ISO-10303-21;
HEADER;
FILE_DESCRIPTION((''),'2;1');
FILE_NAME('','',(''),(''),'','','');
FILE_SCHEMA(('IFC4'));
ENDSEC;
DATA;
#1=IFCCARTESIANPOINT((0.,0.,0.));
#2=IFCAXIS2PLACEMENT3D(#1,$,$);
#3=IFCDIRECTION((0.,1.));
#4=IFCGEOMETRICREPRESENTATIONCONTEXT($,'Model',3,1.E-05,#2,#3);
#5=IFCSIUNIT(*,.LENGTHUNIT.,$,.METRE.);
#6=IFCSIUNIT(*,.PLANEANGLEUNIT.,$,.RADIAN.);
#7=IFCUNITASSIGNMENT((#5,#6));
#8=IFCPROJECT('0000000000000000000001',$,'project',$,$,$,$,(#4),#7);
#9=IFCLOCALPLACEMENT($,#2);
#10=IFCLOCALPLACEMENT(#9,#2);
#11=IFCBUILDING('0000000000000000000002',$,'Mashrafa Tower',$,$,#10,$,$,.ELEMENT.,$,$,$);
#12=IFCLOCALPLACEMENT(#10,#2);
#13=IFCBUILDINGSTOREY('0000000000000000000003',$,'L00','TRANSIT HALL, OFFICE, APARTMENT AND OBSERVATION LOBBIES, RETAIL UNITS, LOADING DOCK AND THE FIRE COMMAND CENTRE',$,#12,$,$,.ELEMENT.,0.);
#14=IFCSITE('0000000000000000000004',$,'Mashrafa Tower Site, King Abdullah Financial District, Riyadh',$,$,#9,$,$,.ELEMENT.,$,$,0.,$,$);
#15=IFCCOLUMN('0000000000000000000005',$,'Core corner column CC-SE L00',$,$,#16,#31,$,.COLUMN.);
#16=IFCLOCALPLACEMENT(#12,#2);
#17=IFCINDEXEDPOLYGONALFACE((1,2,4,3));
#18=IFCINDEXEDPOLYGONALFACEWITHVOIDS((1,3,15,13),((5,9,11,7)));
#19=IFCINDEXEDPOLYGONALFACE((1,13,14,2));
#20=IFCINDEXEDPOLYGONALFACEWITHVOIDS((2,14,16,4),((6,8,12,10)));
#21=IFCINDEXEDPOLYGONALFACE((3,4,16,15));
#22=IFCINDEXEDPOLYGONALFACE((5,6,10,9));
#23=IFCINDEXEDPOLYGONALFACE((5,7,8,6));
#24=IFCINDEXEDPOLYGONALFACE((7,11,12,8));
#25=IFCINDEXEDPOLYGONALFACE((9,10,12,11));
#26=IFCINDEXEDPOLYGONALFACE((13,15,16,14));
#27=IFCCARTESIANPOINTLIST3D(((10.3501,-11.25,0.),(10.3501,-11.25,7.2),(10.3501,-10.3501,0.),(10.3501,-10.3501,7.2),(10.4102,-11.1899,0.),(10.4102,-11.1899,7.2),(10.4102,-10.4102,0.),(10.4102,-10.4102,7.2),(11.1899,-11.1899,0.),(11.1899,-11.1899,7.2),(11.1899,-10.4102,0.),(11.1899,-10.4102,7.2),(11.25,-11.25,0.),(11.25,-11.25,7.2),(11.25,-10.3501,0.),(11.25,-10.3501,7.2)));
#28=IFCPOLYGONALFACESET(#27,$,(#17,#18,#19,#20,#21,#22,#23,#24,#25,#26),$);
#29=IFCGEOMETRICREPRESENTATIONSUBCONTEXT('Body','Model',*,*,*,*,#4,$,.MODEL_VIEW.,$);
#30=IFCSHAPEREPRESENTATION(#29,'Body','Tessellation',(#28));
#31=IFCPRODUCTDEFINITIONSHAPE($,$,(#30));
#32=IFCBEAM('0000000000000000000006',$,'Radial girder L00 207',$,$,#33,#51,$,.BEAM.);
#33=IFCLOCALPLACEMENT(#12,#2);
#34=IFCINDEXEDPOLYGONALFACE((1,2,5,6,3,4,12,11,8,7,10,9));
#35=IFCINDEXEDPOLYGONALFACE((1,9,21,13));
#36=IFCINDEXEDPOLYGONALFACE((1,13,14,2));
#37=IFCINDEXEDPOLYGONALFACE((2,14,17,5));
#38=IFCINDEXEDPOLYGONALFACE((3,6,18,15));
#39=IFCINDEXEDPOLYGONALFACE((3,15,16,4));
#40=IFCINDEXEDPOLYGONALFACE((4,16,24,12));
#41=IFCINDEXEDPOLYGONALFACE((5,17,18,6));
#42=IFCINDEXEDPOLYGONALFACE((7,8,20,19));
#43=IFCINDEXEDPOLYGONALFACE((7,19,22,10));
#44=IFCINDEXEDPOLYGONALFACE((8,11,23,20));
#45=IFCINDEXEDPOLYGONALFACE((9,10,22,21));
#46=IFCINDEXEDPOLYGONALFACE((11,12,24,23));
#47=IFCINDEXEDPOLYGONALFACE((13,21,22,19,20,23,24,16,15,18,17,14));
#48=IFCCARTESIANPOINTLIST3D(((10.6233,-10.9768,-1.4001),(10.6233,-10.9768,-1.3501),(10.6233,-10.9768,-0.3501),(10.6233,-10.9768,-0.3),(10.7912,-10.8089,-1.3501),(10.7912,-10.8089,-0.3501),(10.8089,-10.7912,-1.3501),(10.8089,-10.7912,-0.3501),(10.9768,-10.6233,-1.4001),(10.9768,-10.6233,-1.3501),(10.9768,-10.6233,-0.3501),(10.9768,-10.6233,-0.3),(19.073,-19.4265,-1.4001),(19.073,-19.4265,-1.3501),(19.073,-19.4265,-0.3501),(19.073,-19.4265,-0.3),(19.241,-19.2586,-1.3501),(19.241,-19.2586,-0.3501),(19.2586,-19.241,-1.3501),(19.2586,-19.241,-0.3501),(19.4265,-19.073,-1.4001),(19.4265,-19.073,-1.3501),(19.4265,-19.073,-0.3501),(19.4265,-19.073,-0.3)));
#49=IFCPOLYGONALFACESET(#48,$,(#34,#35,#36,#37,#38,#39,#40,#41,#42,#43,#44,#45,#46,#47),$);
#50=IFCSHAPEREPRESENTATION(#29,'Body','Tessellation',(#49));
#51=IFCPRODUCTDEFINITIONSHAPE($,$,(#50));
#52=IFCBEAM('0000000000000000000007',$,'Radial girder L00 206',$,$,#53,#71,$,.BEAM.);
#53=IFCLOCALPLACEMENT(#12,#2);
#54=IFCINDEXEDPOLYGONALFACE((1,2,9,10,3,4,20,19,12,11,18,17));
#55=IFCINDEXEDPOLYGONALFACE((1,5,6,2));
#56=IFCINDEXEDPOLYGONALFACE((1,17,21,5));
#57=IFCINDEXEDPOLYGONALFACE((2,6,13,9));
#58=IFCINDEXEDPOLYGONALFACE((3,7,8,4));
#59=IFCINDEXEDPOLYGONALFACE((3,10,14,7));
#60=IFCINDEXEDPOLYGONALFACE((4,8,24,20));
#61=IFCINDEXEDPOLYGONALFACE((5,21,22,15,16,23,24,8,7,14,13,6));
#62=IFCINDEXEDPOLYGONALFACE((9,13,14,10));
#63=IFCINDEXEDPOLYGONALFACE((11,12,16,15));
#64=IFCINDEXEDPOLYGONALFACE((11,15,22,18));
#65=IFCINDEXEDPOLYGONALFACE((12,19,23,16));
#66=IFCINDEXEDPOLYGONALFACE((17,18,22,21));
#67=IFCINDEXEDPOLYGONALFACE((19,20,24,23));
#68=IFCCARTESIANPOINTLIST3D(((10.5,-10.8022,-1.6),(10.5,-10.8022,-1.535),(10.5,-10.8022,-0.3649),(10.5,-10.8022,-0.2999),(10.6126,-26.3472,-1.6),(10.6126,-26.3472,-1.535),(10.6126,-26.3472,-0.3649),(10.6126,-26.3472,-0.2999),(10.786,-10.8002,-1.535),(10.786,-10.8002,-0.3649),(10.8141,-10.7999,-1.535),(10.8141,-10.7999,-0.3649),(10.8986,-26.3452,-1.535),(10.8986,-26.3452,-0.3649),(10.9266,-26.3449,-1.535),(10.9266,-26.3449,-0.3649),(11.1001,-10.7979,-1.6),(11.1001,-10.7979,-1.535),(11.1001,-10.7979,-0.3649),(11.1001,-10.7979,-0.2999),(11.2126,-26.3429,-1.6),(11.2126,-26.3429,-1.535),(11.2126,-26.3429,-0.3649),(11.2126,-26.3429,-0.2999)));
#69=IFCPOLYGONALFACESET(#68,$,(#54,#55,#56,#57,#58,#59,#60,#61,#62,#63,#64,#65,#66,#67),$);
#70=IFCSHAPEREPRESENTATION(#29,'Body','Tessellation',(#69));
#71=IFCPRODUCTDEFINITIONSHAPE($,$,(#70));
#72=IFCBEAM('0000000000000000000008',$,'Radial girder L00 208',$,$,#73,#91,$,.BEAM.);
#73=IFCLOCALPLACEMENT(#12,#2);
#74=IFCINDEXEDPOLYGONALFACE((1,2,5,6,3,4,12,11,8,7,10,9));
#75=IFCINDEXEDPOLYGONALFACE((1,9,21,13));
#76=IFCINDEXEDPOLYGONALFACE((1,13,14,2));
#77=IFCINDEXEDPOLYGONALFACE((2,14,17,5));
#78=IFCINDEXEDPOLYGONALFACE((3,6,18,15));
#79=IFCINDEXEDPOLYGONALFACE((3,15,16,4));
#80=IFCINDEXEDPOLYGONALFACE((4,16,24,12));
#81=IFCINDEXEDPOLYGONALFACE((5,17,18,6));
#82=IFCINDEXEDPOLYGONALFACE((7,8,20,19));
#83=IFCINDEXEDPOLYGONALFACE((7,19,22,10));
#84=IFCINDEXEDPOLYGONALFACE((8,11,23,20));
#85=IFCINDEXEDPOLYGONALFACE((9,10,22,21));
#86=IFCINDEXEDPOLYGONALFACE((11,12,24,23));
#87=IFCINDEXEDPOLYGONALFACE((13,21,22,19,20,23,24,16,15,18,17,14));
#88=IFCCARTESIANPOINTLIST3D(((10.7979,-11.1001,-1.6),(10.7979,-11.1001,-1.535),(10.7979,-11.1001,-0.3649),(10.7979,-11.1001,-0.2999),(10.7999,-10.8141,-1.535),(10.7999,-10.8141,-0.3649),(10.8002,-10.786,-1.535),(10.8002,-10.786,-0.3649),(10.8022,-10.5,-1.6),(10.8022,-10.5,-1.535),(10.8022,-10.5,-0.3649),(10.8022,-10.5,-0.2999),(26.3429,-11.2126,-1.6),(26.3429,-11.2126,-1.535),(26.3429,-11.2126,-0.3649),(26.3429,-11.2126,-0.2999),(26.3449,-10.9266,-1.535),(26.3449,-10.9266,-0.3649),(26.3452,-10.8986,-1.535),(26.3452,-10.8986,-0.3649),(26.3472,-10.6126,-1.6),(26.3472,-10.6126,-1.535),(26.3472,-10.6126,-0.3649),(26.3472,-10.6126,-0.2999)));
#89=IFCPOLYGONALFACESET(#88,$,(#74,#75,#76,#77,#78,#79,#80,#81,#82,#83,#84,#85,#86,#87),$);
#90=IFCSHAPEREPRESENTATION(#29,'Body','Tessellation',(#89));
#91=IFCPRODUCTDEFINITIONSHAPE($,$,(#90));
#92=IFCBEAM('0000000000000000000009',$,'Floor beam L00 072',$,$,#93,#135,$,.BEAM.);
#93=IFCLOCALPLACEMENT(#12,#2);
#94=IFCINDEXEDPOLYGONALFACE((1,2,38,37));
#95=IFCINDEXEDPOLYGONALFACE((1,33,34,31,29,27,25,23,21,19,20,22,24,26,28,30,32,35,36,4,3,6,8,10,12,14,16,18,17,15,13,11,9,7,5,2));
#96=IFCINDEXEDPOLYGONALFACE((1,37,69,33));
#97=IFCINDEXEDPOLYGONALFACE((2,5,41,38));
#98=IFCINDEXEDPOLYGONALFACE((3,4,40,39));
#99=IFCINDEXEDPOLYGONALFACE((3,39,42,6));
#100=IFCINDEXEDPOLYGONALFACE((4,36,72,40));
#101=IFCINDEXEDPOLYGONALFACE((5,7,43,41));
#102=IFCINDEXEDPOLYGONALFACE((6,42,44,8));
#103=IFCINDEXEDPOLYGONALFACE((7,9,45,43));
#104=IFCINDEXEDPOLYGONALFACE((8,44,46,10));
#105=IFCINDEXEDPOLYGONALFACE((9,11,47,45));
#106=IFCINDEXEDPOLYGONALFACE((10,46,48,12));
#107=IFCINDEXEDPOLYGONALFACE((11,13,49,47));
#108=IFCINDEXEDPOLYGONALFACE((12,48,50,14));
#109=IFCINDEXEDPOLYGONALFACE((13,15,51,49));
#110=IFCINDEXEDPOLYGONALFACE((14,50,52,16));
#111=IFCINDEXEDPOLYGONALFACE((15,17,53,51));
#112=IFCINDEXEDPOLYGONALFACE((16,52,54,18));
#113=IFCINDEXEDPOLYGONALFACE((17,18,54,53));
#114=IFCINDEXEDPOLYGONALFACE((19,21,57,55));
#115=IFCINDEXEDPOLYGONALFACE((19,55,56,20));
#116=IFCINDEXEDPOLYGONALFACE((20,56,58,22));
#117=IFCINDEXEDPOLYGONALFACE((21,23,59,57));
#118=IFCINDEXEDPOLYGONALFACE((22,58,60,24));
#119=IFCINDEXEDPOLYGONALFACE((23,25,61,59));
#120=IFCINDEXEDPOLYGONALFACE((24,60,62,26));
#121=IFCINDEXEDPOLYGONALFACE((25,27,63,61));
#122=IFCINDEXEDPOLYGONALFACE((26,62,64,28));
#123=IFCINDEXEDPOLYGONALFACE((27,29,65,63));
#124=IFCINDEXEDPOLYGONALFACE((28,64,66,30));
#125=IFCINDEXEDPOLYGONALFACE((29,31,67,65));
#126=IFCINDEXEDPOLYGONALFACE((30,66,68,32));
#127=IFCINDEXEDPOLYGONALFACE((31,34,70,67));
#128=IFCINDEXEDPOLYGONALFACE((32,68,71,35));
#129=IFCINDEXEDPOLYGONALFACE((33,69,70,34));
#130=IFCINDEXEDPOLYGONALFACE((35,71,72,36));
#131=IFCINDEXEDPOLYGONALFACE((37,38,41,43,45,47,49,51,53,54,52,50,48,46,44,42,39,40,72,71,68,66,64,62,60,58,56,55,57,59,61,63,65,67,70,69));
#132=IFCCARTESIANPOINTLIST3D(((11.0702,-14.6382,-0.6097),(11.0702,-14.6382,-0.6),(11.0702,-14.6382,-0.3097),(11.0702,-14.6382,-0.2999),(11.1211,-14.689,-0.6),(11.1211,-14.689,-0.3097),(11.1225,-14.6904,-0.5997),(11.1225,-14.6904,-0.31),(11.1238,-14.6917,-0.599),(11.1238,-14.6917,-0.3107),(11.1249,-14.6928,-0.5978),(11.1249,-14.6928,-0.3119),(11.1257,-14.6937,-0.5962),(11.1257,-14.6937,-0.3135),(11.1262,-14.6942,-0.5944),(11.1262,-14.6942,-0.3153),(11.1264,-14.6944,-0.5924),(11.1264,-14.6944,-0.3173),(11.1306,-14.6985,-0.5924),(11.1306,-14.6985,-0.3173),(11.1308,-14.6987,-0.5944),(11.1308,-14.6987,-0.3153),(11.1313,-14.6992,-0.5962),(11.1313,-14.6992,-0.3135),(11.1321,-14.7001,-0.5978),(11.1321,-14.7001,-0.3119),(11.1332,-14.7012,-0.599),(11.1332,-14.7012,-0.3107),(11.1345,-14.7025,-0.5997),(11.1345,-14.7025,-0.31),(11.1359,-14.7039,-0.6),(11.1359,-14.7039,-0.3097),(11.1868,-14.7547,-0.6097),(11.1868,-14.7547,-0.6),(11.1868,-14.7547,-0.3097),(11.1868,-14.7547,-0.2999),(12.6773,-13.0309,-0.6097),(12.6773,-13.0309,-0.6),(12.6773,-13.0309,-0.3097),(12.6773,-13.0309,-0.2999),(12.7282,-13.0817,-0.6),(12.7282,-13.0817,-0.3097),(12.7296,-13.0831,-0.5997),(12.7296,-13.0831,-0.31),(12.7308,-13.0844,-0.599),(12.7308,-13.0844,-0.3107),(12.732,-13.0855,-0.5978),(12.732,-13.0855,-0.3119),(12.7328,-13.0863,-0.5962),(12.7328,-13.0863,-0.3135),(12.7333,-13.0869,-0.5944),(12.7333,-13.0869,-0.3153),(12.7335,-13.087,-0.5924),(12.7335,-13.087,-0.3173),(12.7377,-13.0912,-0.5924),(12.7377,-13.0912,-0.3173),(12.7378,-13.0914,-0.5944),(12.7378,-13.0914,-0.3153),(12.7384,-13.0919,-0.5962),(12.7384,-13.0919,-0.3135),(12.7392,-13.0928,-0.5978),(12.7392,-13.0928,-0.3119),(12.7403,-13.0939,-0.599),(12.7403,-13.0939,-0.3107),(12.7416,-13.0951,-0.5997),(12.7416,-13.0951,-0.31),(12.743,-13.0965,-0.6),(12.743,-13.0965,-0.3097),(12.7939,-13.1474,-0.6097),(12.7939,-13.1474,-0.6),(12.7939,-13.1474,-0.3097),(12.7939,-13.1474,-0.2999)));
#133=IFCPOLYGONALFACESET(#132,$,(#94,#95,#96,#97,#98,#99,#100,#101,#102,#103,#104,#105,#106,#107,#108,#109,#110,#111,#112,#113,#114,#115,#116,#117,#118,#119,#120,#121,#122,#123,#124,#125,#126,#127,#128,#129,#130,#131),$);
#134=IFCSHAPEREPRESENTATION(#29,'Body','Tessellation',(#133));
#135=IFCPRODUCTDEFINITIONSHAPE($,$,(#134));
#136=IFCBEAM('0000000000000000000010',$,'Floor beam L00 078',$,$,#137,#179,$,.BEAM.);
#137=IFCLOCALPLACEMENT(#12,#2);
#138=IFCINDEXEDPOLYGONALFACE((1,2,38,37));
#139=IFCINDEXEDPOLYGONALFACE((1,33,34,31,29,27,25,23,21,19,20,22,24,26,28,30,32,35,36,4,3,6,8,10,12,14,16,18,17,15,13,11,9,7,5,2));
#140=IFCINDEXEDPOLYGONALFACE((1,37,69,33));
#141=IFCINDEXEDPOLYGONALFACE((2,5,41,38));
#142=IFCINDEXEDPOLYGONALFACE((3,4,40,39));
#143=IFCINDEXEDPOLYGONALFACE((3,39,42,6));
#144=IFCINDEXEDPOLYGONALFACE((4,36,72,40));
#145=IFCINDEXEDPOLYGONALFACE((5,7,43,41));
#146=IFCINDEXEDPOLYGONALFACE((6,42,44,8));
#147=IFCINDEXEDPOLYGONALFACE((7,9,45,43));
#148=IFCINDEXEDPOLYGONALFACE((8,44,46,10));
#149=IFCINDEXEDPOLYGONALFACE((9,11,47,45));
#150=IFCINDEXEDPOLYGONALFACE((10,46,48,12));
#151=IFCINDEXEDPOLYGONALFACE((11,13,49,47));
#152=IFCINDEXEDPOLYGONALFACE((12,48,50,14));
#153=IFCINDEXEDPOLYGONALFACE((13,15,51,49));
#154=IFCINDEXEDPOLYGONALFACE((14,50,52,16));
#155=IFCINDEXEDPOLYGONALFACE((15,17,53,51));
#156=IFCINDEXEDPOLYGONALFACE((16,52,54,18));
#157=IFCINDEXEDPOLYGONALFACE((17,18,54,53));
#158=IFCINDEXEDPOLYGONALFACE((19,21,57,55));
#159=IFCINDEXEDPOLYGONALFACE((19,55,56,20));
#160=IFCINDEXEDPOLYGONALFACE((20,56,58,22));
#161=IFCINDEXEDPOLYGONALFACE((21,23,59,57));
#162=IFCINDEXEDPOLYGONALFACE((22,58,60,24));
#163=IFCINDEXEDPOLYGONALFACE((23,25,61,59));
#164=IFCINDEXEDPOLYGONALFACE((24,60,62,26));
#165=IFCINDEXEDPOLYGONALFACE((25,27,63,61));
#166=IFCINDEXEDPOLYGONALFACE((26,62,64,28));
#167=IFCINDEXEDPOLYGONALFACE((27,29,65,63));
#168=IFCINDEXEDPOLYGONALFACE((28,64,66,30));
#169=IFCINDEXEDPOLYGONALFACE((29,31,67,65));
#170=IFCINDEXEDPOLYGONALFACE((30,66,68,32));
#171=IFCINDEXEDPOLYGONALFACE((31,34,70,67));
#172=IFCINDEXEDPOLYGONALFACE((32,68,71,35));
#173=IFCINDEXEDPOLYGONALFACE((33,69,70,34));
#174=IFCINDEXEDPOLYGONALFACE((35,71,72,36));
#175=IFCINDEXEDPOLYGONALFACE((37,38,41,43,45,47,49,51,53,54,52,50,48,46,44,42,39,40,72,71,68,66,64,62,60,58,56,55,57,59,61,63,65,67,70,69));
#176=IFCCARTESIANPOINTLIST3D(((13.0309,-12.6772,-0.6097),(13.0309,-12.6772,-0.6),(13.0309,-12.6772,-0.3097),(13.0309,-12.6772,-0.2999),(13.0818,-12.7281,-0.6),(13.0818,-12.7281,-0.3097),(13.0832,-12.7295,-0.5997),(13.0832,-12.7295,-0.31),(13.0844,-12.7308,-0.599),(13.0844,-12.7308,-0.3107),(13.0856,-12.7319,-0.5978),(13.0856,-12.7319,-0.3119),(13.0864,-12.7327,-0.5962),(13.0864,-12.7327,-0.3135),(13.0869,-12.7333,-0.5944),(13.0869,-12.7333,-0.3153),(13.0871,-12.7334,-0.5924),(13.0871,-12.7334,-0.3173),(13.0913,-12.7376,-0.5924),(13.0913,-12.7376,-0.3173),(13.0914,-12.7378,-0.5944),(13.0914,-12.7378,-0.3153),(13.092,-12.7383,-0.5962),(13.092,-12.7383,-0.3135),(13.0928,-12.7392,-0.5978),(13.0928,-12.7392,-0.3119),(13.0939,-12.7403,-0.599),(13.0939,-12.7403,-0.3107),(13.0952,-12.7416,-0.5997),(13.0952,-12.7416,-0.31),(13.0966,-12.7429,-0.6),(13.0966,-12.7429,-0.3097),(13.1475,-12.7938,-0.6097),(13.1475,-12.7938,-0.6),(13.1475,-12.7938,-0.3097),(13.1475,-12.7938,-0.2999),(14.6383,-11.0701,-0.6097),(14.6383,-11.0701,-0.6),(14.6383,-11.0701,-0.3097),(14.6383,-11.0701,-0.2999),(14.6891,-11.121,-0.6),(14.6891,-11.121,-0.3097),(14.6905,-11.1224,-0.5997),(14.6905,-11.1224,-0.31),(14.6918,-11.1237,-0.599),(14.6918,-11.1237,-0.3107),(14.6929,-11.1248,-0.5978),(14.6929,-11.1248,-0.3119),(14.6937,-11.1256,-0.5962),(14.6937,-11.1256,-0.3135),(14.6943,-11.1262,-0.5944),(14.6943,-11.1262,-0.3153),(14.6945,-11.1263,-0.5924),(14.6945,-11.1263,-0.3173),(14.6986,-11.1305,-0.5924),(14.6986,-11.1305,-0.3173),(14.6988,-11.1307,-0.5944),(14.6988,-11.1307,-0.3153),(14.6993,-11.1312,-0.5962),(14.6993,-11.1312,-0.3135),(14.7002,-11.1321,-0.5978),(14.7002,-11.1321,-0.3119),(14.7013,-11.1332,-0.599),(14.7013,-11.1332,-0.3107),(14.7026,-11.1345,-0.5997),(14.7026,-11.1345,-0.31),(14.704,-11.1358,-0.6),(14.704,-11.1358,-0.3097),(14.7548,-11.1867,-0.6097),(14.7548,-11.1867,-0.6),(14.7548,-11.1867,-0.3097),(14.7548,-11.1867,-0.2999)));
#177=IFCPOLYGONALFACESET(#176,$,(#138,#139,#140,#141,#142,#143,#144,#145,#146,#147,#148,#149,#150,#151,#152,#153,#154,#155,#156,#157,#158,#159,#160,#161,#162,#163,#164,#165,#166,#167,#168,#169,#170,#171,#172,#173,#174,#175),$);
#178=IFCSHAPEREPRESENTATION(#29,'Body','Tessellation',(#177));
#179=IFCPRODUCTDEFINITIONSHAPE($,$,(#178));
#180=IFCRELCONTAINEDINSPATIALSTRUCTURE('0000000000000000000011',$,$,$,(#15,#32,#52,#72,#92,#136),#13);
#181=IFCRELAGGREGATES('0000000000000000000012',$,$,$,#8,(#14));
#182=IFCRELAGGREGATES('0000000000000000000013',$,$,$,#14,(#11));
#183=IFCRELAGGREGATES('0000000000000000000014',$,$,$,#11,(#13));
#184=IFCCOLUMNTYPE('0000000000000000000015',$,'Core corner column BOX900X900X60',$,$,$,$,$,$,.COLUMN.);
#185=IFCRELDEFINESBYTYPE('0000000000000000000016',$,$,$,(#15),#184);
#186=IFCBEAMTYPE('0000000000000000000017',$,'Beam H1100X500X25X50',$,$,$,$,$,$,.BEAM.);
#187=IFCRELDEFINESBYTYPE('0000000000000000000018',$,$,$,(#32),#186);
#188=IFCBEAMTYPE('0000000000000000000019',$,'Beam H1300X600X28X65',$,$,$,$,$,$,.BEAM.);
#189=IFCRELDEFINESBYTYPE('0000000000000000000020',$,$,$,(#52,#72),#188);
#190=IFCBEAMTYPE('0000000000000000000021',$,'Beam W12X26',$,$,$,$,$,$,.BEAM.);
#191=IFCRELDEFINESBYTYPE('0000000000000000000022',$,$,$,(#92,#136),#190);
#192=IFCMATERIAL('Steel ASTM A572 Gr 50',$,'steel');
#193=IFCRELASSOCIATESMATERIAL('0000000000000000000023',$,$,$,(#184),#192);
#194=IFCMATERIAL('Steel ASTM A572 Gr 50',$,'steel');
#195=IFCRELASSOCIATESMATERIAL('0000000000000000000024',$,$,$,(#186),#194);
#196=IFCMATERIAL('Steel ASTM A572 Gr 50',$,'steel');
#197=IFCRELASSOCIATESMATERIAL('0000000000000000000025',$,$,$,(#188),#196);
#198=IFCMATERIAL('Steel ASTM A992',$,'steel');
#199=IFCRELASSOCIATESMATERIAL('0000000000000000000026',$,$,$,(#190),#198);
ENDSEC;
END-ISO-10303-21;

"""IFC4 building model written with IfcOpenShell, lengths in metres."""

from ifc_helpers import new_model, si_unit, direction, frame, origin, origin_2d, place, context, subcontext, project, spatial, hollow_rectangle, i_section, extrude, material, material_profile, profile_set, type_object, element, save


model = new_model("IFC4")

# Units and contexts
model_context = context("Model", 3, precision=1e-05, world=origin(), true_north=direction((0.0, 1.0)))
body_context = subcontext(model_context, "Body", "Model", "MODEL_VIEW")
ifc_project = project(units=[si_unit("LENGTHUNIT", "METRE"), si_unit("PLANEANGLEUNIT", "RADIAN")], contexts=[model_context])

# Site, building, storey
site_placement = place(None, origin())
site = spatial("IfcSite", under=ifc_project, at=site_placement, Name="Mashrafa Tower Site, King Abdullah Financial District, Riyadh", CompositionType="ELEMENT", RefElevation=0.0)
building_placement = place(site_placement, origin())
building = spatial("IfcBuilding", under=site, at=building_placement, Name="Mashrafa Tower", CompositionType="ELEMENT")
storey_placement = place(building_placement, origin())
storey = spatial("IfcBuildingStorey", under=building, at=storey_placement, Name="L00", Description="TRANSIT HALL, OFFICE, APARTMENT AND OBSERVATION LOBBIES, RETAIL UNITS, LOADING DOCK AND THE FIRE COMMAND CENTRE", CompositionType="ELEMENT", Elevation=0.0)

# Column
ifc_material_1 = material(Name="Steel ASTM A572 Gr 50", Category="steel")
ifc_material_profile_1 = material_profile(ifc_material_1, hollow_rectangle(XDim=0.8999, YDim=0.8999, WallThickness=0.0601, at=origin_2d()), Name="BOX900X900X60")
ifc_profile_set_1 = profile_set([ifc_material_profile_1], Name="Steel ASTM A572 Gr 50")
column_type = type_object("IfcColumnType", Name="Core corner column BOX900X900X60", PredefinedType="COLUMN", material=ifc_profile_set_1)
column_placement = place(storey_placement, frame((10.8, -10.8, 0.0), z_axis=(0.0, 0.0, 1.0), x_axis=(1.0, 0.0, 0.0)))
element("IfcColumn", 1, at=column_placement, inside=storey, type_object=column_type, Name="Core corner column CC-SE L00", PredefinedType="COLUMN", context=body_context, shape_type="SweptSolid", body=[
    extrude(hollow_rectangle(XDim=0.8999, YDim=0.8999, WallThickness=0.0601, at=origin_2d()), origin(), (0.0, 0.0, 1.0), 7.2),
])

# Beams
ifc_material_2 = material(Name="Steel ASTM A572 Gr 50", Category="steel")
ifc_material_profile_2 = material_profile(ifc_material_2, i_section(OverallWidth=0.5, OverallDepth=1.1001, WebThickness=0.0249, FlangeThickness=0.05, at=origin_2d()), Name="H1100X500X25X50")
ifc_profile_set_2 = profile_set([ifc_material_profile_2], Name="Steel ASTM A572 Gr 50")
beam_type_1 = type_object("IfcBeamType", Name="Beam H1100X500X25X50", PredefinedType="BEAM", material=ifc_profile_set_2)
beam_1_placement = place(storey_placement, frame((10.8, -10.8, -0.8501), z_axis=(0.707107, -0.707107, 0.0), x_axis=(0.707107, 0.707107, 0.0)))
element("IfcBeam", 2, at=beam_1_placement, inside=storey, type_object=beam_type_1, Name="Radial girder L00 207", PredefinedType="BEAM", context=body_context, shape_type="SweptSolid", body=[
    extrude(i_section(OverallWidth=0.5, OverallDepth=1.1001, WebThickness=0.0249, FlangeThickness=0.05, at=origin_2d()), origin(), (0.0, 0.0, 1.0), 11.9497),
])
ifc_material_3 = material(Name="Steel ASTM A572 Gr 50", Category="steel")
ifc_material_profile_3 = material_profile(ifc_material_3, i_section(OverallWidth=0.6001, OverallDepth=1.3, WebThickness=0.0281, FlangeThickness=0.0649, at=origin_2d()), Name="H1300X600X28X65")
ifc_profile_set_3 = profile_set([ifc_material_profile_3], Name="Steel ASTM A572 Gr 50")
beam_type_2 = type_object("IfcBeamType", Name="Beam H1300X600X28X65", PredefinedType="BEAM", material=ifc_profile_set_3)
for number, where, z_axis, x_axis, name in (
    (3, (10.8, -10.8, -0.95), (0.00724, -0.999974, 0.0), (0.999974, 0.00724, 0.0), "Radial girder L00 206"),
    (4, (10.8, -10.8, -0.95), (0.999974, -0.00724, 0.0), (0.00724, 0.999974, 0.0), "Radial girder L00 208"),
):
    element("IfcBeam", number, at=place(storey_placement, frame(where, z_axis=z_axis, x_axis=x_axis)), inside=storey, type_object=beam_type_2, Name=name, PredefinedType="BEAM", context=body_context, shape_type="SweptSolid", body=[
        extrude(i_section(OverallWidth=0.6001, OverallDepth=1.3, WebThickness=0.0281, FlangeThickness=0.0649, at=origin_2d()), origin(), (0.0, 0.0, 1.0), 15.5454),
    ])
ifc_material_4 = material(Name="Steel ASTM A992", Category="steel")
ifc_material_profile_4 = material_profile(ifc_material_4, i_section(OverallWidth=0.1648, OverallDepth=0.3098, WebThickness=0.0059, FlangeThickness=0.0098, FilletRadius=0.0076, at=origin_2d()), Name="W12X26")
ifc_profile_set_4 = profile_set([ifc_material_profile_4], Name="Steel ASTM A992")
beam_type_3 = type_object("IfcBeamType", Name="Beam W12X26", PredefinedType="BEAM", material=ifc_profile_set_4)
for number, where, z_axis, x_axis, name in (
    (5, (12.7356, -13.0891, -0.4548), (-0.707053, -0.70716, 0.0), (0.70716, -0.707053, 0.0), "Floor beam L00 072"),
    (6, (14.6965, -11.1284, -0.4548), (-0.70716, -0.707053, 0.0), (0.707053, -0.70716, 0.0), "Floor beam L00 078"),
):
    element("IfcBeam", number, at=place(storey_placement, frame(where, z_axis=z_axis, x_axis=x_axis)), inside=storey, type_object=beam_type_3, Name=name, PredefinedType="BEAM", context=body_context, shape_type="SweptSolid", body=[
        extrude(i_section(OverallWidth=0.1648, OverallDepth=0.3098, WebThickness=0.0059, FlangeThickness=0.0098, FilletRadius=0.0076, at=origin_2d()), origin(), (0.0, 0.0, 1.0), 2.2729),
    ])

save(model, "model.ifc")
